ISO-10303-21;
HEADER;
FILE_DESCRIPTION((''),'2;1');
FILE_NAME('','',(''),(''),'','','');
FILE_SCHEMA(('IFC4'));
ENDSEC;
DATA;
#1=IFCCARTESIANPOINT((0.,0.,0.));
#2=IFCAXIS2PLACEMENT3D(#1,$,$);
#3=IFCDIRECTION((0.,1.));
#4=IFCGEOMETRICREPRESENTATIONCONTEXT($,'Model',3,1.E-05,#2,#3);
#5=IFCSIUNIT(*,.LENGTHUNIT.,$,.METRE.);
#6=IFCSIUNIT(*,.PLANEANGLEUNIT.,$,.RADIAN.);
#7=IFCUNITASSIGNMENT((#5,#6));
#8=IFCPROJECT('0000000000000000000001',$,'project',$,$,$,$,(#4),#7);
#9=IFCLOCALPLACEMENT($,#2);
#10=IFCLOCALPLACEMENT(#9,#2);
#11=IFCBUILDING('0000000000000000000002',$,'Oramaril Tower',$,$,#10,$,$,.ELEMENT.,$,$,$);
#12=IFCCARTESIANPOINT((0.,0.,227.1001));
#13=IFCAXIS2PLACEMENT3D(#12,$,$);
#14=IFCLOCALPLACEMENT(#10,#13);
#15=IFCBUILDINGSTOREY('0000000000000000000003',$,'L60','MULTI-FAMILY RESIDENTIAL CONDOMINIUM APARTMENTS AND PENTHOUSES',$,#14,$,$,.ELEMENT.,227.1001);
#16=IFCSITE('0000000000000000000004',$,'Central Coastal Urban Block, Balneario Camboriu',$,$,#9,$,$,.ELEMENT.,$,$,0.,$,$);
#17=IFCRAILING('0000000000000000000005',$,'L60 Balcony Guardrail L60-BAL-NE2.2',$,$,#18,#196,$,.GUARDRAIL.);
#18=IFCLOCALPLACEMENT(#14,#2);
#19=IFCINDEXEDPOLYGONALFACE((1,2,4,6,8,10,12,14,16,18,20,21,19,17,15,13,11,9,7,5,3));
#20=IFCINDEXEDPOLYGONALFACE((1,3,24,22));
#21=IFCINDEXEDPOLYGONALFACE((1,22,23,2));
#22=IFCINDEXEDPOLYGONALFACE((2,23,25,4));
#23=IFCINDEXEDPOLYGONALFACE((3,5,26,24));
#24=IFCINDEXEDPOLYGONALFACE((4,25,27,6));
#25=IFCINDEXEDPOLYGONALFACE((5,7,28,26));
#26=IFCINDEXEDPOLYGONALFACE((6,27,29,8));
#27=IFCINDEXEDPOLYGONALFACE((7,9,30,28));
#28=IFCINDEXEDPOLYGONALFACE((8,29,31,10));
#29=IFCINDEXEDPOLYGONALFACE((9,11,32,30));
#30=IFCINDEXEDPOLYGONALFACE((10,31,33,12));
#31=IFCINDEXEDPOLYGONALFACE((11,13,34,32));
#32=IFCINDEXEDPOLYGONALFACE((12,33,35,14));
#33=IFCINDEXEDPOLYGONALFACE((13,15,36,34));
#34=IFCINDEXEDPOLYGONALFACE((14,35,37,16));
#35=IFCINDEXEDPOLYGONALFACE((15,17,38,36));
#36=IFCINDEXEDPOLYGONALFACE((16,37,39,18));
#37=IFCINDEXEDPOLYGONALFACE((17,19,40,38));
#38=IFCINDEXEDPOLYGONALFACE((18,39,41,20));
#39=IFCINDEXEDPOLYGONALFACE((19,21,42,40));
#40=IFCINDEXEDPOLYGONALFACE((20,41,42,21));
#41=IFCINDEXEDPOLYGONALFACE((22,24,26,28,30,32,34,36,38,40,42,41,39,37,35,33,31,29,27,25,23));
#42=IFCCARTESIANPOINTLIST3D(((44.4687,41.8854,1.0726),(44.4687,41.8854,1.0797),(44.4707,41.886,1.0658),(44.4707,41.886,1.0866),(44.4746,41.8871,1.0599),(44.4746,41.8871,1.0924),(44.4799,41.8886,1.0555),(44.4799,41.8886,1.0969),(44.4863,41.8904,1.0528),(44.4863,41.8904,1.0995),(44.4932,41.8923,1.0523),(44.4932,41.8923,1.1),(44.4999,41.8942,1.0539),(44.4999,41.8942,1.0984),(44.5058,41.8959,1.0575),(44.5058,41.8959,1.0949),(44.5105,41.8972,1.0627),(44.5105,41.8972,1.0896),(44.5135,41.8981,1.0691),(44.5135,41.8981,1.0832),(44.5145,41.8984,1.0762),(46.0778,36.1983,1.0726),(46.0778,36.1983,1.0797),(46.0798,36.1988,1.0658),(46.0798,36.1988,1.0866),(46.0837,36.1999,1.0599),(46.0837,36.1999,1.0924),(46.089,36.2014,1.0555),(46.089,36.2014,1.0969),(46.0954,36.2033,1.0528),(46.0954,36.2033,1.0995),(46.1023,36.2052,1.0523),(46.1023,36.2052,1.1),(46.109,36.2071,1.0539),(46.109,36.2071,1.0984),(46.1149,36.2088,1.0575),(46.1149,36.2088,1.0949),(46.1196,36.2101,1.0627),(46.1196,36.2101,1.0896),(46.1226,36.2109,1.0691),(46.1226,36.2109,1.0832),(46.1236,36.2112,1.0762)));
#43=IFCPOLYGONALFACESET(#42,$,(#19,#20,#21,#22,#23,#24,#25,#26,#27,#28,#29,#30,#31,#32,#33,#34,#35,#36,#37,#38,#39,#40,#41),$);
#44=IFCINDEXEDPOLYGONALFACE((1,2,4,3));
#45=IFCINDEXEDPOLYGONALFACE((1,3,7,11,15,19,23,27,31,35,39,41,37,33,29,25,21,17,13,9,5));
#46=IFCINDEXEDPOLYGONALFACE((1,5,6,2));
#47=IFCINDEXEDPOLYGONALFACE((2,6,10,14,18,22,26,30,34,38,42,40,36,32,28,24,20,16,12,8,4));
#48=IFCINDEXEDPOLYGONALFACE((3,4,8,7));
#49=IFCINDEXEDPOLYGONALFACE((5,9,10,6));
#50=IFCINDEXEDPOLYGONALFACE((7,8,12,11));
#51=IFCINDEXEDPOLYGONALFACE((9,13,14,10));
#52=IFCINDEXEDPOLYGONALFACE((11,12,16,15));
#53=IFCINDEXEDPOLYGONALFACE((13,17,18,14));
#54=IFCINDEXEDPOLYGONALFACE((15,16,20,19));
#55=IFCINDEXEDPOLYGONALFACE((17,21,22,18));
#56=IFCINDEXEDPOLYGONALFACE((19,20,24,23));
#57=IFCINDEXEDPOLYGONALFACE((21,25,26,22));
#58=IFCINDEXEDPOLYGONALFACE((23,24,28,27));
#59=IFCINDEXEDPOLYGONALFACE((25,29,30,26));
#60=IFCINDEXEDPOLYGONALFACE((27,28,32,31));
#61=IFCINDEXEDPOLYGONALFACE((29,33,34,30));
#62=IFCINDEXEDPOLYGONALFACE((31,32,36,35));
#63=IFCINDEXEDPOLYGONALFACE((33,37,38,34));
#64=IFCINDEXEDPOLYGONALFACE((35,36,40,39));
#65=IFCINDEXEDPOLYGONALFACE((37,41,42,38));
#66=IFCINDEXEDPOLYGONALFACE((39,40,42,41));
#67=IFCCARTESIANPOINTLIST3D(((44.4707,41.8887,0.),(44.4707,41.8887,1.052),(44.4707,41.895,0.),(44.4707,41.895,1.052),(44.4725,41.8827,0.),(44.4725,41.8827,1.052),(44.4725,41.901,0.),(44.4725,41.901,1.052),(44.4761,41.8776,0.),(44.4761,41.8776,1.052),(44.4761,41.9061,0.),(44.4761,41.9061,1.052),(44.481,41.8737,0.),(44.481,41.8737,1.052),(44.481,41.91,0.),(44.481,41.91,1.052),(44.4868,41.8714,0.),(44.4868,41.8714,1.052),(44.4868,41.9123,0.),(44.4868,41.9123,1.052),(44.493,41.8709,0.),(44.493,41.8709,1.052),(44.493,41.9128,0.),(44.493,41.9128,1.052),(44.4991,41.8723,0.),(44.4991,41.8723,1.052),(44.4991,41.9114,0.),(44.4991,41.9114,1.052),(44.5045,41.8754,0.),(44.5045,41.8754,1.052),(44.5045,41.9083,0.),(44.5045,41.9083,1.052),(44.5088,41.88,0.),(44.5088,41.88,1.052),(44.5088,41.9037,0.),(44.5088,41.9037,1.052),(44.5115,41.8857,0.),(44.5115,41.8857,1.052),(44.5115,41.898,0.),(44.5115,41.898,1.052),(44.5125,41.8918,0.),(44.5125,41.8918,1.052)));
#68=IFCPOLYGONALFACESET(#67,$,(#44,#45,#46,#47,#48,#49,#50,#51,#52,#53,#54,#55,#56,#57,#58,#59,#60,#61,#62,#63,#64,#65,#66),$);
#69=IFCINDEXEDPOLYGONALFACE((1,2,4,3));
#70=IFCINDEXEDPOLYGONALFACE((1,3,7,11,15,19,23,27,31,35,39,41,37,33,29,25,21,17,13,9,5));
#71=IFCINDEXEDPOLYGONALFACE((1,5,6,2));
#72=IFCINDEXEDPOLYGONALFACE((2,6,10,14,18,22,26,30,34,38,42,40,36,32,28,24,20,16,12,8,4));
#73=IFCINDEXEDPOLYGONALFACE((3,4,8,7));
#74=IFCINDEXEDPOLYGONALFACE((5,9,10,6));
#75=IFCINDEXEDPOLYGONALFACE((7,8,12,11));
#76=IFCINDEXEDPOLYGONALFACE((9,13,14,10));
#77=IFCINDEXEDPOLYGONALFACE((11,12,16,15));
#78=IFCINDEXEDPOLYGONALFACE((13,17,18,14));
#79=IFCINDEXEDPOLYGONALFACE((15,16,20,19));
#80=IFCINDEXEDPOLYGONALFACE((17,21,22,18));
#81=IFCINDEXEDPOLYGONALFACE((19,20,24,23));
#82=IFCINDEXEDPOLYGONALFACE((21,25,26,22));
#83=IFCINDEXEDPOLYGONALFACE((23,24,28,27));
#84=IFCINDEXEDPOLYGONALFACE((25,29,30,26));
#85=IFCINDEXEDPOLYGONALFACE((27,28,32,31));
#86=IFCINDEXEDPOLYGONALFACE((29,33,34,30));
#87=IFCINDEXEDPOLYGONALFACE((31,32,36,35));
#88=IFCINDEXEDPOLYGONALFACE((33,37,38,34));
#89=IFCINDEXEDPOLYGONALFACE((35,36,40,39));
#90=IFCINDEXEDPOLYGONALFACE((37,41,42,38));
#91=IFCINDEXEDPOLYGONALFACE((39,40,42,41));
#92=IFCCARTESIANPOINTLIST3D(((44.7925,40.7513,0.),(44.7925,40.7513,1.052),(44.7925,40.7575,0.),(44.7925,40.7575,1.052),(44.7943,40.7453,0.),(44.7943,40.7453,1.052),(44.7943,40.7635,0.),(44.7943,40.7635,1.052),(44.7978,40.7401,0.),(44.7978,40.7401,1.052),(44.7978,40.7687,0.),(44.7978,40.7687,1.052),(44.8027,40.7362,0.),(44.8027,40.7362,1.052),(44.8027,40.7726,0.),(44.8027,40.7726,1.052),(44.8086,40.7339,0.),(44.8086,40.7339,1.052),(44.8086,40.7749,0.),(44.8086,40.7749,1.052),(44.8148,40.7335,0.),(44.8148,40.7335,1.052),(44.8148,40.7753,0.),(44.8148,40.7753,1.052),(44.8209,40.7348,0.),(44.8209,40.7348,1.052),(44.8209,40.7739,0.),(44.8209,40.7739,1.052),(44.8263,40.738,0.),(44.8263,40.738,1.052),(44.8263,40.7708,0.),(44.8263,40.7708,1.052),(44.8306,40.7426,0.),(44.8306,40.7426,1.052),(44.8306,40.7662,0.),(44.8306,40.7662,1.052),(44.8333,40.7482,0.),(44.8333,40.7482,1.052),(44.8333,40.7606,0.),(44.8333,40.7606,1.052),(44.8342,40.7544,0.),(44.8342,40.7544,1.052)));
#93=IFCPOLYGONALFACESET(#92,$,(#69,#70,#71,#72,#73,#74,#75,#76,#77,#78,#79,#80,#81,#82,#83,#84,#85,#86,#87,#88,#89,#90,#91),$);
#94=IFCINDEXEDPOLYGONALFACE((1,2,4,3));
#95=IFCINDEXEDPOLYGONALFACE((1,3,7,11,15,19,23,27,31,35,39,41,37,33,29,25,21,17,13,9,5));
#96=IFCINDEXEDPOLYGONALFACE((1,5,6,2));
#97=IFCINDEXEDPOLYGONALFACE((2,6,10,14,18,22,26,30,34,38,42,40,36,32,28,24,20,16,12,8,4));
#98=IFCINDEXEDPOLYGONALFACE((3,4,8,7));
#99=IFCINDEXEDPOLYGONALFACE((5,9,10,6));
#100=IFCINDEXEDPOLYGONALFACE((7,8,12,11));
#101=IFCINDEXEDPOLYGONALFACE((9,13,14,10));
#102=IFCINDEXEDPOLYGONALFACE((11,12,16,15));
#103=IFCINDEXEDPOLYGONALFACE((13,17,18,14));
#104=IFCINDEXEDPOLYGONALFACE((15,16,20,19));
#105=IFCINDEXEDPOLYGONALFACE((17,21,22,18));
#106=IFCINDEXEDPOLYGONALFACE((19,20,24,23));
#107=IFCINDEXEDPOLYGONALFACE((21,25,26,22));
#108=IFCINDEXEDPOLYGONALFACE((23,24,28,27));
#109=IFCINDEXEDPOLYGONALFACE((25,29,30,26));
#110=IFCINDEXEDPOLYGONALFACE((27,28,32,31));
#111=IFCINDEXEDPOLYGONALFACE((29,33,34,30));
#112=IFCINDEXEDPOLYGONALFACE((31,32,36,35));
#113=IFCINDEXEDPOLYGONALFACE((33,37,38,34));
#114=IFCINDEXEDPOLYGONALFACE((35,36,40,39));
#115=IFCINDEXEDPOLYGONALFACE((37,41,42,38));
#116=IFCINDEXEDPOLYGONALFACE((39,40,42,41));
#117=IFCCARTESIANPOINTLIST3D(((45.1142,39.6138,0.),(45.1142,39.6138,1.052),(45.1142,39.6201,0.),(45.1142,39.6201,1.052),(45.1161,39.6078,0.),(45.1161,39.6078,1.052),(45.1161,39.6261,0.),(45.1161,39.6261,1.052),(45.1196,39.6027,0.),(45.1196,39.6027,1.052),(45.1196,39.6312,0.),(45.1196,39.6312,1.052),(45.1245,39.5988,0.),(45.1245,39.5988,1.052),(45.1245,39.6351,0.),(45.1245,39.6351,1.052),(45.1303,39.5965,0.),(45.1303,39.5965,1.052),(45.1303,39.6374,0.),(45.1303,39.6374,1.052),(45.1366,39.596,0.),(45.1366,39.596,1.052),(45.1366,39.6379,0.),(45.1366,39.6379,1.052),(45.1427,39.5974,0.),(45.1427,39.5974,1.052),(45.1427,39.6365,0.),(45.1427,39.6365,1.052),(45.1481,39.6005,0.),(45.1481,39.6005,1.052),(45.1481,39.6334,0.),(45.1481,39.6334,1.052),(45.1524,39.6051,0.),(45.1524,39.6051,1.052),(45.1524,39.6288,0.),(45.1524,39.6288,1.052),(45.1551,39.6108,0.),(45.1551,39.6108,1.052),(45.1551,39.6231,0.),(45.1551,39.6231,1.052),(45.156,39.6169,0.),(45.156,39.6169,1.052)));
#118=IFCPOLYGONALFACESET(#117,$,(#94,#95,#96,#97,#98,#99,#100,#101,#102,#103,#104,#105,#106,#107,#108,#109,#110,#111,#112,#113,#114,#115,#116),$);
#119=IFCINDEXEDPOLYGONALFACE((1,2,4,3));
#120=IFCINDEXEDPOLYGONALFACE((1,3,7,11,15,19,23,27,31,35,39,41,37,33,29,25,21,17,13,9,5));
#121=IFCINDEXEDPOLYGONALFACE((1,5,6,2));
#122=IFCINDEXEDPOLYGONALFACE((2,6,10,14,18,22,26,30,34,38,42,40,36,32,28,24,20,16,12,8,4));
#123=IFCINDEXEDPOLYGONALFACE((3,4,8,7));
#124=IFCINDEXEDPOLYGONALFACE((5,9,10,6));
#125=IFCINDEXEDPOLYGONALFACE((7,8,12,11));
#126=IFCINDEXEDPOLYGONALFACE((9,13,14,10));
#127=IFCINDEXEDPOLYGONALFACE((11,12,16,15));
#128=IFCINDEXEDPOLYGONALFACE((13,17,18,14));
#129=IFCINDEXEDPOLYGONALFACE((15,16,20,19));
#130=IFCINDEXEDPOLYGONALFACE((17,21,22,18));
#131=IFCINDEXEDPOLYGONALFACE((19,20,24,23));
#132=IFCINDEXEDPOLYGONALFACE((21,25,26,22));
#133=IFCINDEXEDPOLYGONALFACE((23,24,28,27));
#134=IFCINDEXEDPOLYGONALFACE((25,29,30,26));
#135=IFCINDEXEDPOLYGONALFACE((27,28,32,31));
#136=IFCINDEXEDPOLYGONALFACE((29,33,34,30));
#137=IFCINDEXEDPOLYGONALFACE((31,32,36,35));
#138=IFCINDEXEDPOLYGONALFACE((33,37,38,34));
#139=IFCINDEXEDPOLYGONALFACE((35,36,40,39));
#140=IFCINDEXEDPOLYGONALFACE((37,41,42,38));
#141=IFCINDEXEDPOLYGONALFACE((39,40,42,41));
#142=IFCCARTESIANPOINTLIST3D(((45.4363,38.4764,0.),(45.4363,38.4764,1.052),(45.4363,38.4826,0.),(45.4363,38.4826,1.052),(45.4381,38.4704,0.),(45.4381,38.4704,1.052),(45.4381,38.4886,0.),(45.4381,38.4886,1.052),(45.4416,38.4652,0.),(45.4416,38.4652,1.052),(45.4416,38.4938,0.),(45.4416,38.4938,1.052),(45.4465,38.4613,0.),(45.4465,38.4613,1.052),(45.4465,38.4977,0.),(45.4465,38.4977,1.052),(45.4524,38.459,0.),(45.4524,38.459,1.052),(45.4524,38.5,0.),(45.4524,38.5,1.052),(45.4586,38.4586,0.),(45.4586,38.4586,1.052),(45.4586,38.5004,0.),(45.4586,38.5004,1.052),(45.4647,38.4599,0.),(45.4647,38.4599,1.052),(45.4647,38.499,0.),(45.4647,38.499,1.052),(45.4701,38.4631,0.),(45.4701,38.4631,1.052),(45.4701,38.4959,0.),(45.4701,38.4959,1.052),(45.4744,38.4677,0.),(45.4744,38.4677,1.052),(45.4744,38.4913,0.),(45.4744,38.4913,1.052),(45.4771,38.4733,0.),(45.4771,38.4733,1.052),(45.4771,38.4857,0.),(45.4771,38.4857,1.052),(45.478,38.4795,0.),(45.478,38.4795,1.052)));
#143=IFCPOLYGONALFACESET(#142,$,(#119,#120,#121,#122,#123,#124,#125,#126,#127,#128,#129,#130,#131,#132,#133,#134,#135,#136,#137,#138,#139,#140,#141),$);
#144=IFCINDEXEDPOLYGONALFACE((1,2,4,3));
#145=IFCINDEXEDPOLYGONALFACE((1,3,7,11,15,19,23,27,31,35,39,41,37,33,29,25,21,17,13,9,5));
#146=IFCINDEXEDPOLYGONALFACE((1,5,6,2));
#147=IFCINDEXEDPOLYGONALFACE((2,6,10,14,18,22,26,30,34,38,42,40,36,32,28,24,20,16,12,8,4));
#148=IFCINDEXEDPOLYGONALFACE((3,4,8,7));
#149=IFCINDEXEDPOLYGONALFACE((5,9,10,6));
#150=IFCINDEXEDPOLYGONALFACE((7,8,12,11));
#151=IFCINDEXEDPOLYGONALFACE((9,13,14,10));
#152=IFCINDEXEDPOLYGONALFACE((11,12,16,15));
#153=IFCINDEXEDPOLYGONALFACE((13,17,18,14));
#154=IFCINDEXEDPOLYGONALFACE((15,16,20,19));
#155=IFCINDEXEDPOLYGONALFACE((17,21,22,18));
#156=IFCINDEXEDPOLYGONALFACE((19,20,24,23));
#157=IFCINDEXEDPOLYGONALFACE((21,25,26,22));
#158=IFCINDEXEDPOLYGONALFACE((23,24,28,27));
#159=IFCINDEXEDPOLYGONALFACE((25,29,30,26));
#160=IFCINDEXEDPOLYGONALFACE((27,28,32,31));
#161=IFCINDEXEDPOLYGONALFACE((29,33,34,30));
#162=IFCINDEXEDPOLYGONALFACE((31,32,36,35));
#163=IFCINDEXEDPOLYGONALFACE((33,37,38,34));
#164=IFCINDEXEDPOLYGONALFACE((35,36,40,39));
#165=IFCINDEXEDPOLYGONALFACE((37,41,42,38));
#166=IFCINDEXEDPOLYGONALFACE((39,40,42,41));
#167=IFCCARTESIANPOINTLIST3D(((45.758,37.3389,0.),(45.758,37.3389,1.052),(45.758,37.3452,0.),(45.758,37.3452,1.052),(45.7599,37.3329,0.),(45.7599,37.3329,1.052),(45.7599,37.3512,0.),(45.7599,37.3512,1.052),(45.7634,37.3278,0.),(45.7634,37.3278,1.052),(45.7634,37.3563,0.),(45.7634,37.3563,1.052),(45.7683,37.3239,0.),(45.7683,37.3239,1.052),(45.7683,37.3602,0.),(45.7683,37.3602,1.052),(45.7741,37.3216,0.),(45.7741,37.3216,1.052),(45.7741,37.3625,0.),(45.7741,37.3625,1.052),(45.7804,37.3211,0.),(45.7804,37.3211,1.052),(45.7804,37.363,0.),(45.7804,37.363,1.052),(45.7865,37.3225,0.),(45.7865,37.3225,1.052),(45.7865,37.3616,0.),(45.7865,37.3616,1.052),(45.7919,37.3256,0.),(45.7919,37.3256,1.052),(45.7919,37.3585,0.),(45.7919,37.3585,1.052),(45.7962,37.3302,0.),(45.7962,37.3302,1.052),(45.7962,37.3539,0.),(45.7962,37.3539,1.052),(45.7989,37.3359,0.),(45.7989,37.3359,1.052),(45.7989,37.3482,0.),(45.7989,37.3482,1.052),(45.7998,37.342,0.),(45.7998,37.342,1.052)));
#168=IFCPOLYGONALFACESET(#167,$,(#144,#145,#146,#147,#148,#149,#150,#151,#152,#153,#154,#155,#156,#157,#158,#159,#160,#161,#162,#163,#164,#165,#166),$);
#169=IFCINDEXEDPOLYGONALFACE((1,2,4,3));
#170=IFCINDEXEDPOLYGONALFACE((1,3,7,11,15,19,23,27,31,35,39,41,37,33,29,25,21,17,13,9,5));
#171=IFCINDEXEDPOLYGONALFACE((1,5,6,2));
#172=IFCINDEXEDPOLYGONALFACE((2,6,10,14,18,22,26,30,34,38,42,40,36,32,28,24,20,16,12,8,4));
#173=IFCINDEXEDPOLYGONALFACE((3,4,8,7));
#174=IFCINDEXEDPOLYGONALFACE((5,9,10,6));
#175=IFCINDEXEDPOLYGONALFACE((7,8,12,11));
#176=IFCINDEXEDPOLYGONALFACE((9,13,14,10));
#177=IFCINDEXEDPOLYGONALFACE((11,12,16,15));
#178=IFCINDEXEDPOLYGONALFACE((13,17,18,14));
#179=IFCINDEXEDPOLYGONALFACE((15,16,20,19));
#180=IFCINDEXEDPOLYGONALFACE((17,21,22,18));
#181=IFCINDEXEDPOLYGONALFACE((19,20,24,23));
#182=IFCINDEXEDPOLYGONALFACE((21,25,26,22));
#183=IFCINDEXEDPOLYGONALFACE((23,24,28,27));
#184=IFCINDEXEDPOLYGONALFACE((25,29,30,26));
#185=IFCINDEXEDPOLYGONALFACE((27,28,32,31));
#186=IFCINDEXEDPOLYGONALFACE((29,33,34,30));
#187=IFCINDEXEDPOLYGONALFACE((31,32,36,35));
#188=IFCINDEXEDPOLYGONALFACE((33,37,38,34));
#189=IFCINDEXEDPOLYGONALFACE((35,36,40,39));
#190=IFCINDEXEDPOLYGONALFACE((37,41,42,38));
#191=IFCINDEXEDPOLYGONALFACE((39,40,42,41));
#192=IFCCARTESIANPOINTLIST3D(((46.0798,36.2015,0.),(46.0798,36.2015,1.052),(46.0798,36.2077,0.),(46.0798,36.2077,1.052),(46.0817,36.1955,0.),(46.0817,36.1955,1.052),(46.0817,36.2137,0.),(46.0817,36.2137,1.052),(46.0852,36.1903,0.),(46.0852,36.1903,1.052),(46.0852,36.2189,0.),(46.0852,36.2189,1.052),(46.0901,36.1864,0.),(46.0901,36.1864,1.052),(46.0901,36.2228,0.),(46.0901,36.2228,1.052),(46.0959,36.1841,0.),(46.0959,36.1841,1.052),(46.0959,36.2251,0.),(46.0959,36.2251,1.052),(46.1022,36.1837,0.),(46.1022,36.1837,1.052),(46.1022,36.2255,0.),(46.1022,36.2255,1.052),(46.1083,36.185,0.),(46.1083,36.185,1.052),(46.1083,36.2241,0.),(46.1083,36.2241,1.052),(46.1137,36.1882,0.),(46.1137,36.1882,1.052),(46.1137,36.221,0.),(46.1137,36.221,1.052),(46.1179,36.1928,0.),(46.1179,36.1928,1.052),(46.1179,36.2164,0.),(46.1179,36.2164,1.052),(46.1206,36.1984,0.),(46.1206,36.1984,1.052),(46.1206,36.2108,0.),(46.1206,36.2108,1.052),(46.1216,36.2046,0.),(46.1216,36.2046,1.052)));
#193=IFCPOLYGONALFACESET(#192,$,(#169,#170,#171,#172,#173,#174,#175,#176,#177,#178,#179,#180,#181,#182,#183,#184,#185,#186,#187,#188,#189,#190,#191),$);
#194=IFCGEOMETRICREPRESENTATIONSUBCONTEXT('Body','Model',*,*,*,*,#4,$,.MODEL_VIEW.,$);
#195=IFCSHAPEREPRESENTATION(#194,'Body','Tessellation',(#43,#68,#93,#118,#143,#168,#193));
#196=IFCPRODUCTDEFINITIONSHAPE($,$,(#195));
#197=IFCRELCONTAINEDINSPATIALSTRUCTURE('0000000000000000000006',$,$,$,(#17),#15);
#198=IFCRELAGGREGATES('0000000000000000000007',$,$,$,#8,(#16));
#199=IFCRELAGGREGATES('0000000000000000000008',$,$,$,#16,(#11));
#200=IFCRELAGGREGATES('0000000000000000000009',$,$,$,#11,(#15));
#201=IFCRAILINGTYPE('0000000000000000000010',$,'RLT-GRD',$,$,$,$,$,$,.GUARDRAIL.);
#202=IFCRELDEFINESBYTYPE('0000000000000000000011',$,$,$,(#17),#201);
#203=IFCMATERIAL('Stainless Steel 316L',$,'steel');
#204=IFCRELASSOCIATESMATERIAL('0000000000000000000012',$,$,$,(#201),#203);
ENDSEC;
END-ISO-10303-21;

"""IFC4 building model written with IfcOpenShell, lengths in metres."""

from ifc_helpers import new_model, si_unit, direction, frame, origin, origin_2d, place, context, subcontext, project, spatial, circle, extrude, material, type_object, element, save


model = new_model("IFC4")

# Units and contexts
model_context = context("Model", 3, precision=1e-05, world=origin(), true_north=direction((0.0, 1.0)))
body_context = subcontext(model_context, "Body", "Model", "MODEL_VIEW")
ifc_project = project(units=[si_unit("LENGTHUNIT", "METRE"), si_unit("PLANEANGLEUNIT", "RADIAN")], contexts=[model_context])

# Site, building, storey
site_placement = place(None, origin())
site = spatial("IfcSite", under=ifc_project, at=site_placement, Name="Central Coastal Urban Block, Balneario Camboriu", CompositionType="ELEMENT", RefElevation=0.0)
building_placement = place(site_placement, origin())
building = spatial("IfcBuilding", under=site, at=building_placement, Name="Oramaril Tower", CompositionType="ELEMENT")
storey_placement = place(building_placement, frame((0.0, 0.0, 227.1001)))
storey = spatial("IfcBuildingStorey", under=building, at=storey_placement, Name="L60", Description="MULTI-FAMILY RESIDENTIAL CONDOMINIUM APARTMENTS AND PENTHOUSES", CompositionType="ELEMENT", Elevation=227.1001)

# Railing
ifc_material_1 = material(Name="Stainless Steel 316L", Category="steel")
railing_type = type_object("IfcRailingType", Name="RLT-GRD", PredefinedType="GUARDRAIL", material=ifc_material_1)
railing_1_placement = place(storey_placement, frame((44.4915, 41.8918, 0.0)))
element("IfcRailing", 1, at=railing_1_placement, inside=storey, type_object=railing_type, Name="L60 Balcony Guardrail L60-BAL-NE2.2", PredefinedType="GUARDRAIL", context=body_context, shape_type="SweptSolid", body=[
    extrude(circle(Radius=0.0239, at=origin_2d()), frame((0.0, 0.0, 1.0762), z_axis=(0.272249, -0.962227, 0.0), x_axis=(0.962227, 0.272249, 0.0)), (0.0, 0.0, 1.0), 5.9104),
    extrude(circle(Radius=0.021, at=origin_2d()), origin(), (0.0, 0.0, 1.0), 1.052),
    extrude(circle(Radius=0.021, at=origin_2d()), frame((0.3218, -1.1375, 0.0)), (0.0, 0.0, 1.0), 1.052),
    extrude(circle(Radius=0.021, at=origin_2d()), frame((0.6436, -2.2749, 0.0)), (0.0, 0.0, 1.0), 1.052),
    extrude(circle(Radius=0.021, at=origin_2d()), frame((0.9656, -3.4124, 0.0)), (0.0, 0.0, 1.0), 1.052),
    extrude(circle(Radius=0.021, at=origin_2d()), frame((1.2874, -4.5498, 0.0)), (0.0, 0.0, 1.0), 1.052),
    extrude(circle(Radius=0.021, at=origin_2d()), frame((1.6091, -5.6873, 0.0)), (0.0, 0.0, 1.0), 1.052),
])

save(model, "model.ifc")
